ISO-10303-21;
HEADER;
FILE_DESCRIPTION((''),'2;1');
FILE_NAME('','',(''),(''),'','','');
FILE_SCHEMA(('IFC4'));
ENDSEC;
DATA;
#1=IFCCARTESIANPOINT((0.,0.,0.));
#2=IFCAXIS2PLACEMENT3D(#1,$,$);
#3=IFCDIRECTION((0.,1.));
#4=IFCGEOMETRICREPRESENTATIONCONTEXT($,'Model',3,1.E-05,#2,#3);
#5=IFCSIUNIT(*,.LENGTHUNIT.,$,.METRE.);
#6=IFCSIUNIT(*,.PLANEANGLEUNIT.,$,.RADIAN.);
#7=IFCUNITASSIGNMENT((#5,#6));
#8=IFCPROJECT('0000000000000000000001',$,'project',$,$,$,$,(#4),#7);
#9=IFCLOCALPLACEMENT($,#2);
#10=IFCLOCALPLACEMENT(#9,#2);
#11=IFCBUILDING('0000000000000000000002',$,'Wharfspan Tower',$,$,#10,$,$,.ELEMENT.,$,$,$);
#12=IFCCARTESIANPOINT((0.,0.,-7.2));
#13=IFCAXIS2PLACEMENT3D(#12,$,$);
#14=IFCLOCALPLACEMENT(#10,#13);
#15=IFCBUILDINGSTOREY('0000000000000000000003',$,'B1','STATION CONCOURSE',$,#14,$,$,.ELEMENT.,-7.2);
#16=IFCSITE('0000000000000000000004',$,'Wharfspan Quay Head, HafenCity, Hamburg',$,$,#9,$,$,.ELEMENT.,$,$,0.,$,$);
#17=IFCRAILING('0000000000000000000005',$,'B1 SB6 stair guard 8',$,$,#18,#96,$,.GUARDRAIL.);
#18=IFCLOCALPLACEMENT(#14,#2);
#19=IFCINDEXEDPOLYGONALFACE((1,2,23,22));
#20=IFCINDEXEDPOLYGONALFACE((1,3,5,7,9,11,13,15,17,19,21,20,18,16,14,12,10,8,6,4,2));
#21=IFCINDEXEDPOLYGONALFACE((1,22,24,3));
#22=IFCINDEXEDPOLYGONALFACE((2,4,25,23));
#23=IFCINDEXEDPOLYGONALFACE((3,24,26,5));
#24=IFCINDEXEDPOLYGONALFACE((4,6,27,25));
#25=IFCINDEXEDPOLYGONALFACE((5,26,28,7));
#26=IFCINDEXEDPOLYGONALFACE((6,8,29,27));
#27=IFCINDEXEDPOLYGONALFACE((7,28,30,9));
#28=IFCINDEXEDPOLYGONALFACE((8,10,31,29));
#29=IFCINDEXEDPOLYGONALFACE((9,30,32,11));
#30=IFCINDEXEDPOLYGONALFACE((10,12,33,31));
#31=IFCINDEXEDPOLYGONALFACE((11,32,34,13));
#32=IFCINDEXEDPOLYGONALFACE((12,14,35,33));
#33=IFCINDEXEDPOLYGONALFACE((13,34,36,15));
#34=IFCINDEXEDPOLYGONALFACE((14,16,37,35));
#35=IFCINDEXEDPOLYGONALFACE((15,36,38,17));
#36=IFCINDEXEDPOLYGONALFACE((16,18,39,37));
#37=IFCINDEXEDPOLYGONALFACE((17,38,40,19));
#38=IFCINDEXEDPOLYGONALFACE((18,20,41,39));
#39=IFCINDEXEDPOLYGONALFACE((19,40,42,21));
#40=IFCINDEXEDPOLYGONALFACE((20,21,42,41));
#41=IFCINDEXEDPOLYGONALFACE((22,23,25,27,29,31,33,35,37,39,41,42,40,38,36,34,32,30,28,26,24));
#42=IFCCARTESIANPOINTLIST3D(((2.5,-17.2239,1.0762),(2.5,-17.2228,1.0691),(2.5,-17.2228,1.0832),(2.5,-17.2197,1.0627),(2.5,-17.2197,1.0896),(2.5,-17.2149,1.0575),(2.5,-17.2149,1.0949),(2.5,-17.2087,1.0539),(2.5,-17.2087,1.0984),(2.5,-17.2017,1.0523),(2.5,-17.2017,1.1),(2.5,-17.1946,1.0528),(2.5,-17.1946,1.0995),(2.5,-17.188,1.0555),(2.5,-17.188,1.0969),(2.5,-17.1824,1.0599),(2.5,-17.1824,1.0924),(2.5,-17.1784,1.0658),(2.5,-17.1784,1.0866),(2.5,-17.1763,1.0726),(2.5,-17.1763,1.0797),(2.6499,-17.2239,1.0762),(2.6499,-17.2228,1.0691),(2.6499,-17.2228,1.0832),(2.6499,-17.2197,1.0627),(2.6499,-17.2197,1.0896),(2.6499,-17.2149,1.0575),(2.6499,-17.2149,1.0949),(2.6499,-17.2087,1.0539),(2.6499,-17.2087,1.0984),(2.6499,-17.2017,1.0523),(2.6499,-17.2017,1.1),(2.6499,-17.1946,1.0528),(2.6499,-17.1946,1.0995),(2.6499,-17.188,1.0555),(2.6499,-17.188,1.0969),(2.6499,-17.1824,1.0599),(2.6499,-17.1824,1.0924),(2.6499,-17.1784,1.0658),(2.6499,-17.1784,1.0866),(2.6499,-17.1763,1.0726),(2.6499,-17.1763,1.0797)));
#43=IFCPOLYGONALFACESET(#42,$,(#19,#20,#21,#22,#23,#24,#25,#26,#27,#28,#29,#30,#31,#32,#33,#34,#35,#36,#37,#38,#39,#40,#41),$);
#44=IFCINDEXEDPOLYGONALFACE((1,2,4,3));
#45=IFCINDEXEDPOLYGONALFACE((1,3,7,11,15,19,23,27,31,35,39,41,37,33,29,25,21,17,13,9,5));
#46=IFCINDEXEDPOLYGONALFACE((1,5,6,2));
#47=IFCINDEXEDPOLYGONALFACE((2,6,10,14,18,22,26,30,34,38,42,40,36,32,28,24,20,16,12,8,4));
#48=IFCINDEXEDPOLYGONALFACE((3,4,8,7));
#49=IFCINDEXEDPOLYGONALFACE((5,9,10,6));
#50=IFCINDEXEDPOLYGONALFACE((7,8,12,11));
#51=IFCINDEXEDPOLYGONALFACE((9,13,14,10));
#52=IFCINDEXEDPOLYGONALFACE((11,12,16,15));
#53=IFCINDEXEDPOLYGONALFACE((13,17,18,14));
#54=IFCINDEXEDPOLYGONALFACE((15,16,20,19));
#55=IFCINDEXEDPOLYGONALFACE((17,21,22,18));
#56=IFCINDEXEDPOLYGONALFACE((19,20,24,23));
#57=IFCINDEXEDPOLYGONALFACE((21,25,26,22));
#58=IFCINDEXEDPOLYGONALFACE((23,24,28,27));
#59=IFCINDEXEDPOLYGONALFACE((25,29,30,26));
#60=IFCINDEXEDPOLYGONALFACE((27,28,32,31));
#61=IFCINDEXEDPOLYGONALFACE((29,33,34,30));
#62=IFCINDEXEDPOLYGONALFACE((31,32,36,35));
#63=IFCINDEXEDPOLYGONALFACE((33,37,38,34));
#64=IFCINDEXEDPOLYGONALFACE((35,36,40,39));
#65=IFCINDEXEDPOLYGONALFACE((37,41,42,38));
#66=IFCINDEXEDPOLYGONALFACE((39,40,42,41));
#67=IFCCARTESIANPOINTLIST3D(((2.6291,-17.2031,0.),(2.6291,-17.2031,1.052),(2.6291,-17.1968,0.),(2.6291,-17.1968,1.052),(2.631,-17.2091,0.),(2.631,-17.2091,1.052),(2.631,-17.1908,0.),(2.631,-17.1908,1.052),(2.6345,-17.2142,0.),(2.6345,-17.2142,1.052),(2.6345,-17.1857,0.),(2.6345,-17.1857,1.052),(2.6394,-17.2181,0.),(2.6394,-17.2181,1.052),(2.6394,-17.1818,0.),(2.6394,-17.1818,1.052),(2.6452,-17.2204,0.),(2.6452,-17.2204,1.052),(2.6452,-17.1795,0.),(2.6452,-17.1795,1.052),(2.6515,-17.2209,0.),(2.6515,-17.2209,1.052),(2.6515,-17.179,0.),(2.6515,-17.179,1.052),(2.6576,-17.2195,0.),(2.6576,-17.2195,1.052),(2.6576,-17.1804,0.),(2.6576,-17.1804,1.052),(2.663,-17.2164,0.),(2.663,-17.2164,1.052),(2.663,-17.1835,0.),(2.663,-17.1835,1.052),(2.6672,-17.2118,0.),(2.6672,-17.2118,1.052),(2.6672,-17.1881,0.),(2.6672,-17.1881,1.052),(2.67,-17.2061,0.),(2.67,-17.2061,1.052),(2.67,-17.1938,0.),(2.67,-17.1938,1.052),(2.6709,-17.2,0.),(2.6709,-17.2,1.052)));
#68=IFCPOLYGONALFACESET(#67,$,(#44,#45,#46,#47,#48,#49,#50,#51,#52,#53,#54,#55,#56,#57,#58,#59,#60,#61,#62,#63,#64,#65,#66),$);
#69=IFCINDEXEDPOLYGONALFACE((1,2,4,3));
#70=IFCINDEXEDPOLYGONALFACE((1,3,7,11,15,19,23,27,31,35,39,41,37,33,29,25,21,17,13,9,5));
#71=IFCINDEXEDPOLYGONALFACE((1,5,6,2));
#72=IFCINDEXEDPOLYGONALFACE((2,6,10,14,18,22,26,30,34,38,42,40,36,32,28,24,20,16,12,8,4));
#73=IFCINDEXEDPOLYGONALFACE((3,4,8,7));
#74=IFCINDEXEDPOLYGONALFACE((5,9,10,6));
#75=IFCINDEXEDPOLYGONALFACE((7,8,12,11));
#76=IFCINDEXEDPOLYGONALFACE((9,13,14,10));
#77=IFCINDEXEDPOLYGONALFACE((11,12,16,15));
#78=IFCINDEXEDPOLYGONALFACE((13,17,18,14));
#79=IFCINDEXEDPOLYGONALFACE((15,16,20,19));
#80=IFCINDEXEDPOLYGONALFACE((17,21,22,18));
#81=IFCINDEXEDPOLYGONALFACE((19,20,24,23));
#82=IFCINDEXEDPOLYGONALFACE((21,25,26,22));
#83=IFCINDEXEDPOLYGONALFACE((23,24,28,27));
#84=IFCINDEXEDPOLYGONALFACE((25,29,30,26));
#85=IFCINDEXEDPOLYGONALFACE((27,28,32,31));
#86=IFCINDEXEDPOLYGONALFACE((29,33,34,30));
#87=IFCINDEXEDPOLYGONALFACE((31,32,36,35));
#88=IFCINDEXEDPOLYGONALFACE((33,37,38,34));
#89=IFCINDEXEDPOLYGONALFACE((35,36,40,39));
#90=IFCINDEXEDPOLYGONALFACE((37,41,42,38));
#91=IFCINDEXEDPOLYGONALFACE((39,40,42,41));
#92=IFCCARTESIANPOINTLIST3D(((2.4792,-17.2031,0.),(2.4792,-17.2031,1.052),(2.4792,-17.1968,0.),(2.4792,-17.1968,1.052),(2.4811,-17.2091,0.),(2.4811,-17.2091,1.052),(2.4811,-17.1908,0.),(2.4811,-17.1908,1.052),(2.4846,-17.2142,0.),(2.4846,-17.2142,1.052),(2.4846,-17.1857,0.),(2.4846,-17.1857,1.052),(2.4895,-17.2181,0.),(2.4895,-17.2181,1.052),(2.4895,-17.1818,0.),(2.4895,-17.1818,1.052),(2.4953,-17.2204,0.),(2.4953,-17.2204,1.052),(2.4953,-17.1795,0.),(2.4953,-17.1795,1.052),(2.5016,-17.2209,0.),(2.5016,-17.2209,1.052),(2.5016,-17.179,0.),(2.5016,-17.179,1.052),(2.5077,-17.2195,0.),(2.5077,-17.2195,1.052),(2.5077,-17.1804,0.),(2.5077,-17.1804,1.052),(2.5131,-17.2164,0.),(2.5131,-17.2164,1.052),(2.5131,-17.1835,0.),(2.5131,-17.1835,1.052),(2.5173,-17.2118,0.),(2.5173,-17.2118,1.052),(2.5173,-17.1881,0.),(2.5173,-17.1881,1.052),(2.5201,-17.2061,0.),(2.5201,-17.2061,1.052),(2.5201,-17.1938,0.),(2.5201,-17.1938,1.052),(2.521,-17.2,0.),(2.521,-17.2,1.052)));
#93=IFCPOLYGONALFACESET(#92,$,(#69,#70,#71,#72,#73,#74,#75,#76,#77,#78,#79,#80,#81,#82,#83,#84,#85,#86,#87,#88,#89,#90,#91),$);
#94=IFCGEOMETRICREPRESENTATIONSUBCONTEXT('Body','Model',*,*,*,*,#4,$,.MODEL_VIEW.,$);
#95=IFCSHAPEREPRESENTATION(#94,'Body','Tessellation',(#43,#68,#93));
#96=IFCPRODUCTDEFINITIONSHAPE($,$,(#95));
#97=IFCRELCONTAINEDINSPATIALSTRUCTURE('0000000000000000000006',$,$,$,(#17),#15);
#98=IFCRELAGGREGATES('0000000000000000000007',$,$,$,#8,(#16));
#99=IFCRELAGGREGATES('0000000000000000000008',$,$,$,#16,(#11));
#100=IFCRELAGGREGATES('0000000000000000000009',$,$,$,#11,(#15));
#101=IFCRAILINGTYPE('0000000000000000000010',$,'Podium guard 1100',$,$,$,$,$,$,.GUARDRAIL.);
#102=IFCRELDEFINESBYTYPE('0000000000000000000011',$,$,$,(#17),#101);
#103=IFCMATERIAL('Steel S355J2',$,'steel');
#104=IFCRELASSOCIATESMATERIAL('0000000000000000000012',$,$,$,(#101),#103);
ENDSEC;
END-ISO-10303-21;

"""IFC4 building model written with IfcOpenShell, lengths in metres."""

from ifc_helpers import new_model, si_unit, direction, frame, origin, origin_2d, place, context, subcontext, project, spatial, circle, extrude, material, type_object, element, save


model = new_model("IFC4")

# Units and contexts
model_context = context("Model", 3, precision=1e-05, world=origin(), true_north=direction((0.0, 1.0)))
body_context = subcontext(model_context, "Body", "Model", "MODEL_VIEW")
ifc_project = project(units=[si_unit("LENGTHUNIT", "METRE"), si_unit("PLANEANGLEUNIT", "RADIAN")], contexts=[model_context])

# Site, building, storey
site_placement = place(None, origin())
site = spatial("IfcSite", under=ifc_project, at=site_placement, Name="Wharfspan Quay Head, HafenCity, Hamburg", CompositionType="ELEMENT", RefElevation=0.0)
building_placement = place(site_placement, origin())
building = spatial("IfcBuilding", under=site, at=building_placement, Name="Wharfspan Tower", CompositionType="ELEMENT")
storey_placement = place(building_placement, frame((0.0, 0.0, -7.2)))
storey = spatial("IfcBuildingStorey", under=building, at=storey_placement, Name="B1", Description="STATION CONCOURSE", CompositionType="ELEMENT", Elevation=-7.2)

# Railing
ifc_material_1 = material(Name="Steel S355J2", Category="steel")
railing_type = type_object("IfcRailingType", Name="Podium guard 1100", PredefinedType="GUARDRAIL", material=ifc_material_1)
railing_1_placement = place(storey_placement, frame((2.6499, -17.2, 0.0)))
element("IfcRailing", 1, at=railing_1_placement, inside=storey, type_object=railing_type, Name="B1 SB6 stair guard 8", PredefinedType="GUARDRAIL", context=body_context, shape_type="SweptSolid", body=[
    extrude(circle(Radius=0.0239, at=origin_2d()), frame((0.0, 0.0, 1.0762), z_axis=(-1.0, 0.0, 0.0), x_axis=(0.0, -1.0, 0.0)), (0.0, 0.0, 1.0), 0.1499),
    extrude(circle(Radius=0.021, at=origin_2d()), origin(), (0.0, 0.0, 1.0), 1.052),
    extrude(circle(Radius=0.021, at=origin_2d()), frame((-0.1499, 0.0, 0.0)), (0.0, 0.0, 1.0), 1.052),
])

save(model, "model.ifc")
